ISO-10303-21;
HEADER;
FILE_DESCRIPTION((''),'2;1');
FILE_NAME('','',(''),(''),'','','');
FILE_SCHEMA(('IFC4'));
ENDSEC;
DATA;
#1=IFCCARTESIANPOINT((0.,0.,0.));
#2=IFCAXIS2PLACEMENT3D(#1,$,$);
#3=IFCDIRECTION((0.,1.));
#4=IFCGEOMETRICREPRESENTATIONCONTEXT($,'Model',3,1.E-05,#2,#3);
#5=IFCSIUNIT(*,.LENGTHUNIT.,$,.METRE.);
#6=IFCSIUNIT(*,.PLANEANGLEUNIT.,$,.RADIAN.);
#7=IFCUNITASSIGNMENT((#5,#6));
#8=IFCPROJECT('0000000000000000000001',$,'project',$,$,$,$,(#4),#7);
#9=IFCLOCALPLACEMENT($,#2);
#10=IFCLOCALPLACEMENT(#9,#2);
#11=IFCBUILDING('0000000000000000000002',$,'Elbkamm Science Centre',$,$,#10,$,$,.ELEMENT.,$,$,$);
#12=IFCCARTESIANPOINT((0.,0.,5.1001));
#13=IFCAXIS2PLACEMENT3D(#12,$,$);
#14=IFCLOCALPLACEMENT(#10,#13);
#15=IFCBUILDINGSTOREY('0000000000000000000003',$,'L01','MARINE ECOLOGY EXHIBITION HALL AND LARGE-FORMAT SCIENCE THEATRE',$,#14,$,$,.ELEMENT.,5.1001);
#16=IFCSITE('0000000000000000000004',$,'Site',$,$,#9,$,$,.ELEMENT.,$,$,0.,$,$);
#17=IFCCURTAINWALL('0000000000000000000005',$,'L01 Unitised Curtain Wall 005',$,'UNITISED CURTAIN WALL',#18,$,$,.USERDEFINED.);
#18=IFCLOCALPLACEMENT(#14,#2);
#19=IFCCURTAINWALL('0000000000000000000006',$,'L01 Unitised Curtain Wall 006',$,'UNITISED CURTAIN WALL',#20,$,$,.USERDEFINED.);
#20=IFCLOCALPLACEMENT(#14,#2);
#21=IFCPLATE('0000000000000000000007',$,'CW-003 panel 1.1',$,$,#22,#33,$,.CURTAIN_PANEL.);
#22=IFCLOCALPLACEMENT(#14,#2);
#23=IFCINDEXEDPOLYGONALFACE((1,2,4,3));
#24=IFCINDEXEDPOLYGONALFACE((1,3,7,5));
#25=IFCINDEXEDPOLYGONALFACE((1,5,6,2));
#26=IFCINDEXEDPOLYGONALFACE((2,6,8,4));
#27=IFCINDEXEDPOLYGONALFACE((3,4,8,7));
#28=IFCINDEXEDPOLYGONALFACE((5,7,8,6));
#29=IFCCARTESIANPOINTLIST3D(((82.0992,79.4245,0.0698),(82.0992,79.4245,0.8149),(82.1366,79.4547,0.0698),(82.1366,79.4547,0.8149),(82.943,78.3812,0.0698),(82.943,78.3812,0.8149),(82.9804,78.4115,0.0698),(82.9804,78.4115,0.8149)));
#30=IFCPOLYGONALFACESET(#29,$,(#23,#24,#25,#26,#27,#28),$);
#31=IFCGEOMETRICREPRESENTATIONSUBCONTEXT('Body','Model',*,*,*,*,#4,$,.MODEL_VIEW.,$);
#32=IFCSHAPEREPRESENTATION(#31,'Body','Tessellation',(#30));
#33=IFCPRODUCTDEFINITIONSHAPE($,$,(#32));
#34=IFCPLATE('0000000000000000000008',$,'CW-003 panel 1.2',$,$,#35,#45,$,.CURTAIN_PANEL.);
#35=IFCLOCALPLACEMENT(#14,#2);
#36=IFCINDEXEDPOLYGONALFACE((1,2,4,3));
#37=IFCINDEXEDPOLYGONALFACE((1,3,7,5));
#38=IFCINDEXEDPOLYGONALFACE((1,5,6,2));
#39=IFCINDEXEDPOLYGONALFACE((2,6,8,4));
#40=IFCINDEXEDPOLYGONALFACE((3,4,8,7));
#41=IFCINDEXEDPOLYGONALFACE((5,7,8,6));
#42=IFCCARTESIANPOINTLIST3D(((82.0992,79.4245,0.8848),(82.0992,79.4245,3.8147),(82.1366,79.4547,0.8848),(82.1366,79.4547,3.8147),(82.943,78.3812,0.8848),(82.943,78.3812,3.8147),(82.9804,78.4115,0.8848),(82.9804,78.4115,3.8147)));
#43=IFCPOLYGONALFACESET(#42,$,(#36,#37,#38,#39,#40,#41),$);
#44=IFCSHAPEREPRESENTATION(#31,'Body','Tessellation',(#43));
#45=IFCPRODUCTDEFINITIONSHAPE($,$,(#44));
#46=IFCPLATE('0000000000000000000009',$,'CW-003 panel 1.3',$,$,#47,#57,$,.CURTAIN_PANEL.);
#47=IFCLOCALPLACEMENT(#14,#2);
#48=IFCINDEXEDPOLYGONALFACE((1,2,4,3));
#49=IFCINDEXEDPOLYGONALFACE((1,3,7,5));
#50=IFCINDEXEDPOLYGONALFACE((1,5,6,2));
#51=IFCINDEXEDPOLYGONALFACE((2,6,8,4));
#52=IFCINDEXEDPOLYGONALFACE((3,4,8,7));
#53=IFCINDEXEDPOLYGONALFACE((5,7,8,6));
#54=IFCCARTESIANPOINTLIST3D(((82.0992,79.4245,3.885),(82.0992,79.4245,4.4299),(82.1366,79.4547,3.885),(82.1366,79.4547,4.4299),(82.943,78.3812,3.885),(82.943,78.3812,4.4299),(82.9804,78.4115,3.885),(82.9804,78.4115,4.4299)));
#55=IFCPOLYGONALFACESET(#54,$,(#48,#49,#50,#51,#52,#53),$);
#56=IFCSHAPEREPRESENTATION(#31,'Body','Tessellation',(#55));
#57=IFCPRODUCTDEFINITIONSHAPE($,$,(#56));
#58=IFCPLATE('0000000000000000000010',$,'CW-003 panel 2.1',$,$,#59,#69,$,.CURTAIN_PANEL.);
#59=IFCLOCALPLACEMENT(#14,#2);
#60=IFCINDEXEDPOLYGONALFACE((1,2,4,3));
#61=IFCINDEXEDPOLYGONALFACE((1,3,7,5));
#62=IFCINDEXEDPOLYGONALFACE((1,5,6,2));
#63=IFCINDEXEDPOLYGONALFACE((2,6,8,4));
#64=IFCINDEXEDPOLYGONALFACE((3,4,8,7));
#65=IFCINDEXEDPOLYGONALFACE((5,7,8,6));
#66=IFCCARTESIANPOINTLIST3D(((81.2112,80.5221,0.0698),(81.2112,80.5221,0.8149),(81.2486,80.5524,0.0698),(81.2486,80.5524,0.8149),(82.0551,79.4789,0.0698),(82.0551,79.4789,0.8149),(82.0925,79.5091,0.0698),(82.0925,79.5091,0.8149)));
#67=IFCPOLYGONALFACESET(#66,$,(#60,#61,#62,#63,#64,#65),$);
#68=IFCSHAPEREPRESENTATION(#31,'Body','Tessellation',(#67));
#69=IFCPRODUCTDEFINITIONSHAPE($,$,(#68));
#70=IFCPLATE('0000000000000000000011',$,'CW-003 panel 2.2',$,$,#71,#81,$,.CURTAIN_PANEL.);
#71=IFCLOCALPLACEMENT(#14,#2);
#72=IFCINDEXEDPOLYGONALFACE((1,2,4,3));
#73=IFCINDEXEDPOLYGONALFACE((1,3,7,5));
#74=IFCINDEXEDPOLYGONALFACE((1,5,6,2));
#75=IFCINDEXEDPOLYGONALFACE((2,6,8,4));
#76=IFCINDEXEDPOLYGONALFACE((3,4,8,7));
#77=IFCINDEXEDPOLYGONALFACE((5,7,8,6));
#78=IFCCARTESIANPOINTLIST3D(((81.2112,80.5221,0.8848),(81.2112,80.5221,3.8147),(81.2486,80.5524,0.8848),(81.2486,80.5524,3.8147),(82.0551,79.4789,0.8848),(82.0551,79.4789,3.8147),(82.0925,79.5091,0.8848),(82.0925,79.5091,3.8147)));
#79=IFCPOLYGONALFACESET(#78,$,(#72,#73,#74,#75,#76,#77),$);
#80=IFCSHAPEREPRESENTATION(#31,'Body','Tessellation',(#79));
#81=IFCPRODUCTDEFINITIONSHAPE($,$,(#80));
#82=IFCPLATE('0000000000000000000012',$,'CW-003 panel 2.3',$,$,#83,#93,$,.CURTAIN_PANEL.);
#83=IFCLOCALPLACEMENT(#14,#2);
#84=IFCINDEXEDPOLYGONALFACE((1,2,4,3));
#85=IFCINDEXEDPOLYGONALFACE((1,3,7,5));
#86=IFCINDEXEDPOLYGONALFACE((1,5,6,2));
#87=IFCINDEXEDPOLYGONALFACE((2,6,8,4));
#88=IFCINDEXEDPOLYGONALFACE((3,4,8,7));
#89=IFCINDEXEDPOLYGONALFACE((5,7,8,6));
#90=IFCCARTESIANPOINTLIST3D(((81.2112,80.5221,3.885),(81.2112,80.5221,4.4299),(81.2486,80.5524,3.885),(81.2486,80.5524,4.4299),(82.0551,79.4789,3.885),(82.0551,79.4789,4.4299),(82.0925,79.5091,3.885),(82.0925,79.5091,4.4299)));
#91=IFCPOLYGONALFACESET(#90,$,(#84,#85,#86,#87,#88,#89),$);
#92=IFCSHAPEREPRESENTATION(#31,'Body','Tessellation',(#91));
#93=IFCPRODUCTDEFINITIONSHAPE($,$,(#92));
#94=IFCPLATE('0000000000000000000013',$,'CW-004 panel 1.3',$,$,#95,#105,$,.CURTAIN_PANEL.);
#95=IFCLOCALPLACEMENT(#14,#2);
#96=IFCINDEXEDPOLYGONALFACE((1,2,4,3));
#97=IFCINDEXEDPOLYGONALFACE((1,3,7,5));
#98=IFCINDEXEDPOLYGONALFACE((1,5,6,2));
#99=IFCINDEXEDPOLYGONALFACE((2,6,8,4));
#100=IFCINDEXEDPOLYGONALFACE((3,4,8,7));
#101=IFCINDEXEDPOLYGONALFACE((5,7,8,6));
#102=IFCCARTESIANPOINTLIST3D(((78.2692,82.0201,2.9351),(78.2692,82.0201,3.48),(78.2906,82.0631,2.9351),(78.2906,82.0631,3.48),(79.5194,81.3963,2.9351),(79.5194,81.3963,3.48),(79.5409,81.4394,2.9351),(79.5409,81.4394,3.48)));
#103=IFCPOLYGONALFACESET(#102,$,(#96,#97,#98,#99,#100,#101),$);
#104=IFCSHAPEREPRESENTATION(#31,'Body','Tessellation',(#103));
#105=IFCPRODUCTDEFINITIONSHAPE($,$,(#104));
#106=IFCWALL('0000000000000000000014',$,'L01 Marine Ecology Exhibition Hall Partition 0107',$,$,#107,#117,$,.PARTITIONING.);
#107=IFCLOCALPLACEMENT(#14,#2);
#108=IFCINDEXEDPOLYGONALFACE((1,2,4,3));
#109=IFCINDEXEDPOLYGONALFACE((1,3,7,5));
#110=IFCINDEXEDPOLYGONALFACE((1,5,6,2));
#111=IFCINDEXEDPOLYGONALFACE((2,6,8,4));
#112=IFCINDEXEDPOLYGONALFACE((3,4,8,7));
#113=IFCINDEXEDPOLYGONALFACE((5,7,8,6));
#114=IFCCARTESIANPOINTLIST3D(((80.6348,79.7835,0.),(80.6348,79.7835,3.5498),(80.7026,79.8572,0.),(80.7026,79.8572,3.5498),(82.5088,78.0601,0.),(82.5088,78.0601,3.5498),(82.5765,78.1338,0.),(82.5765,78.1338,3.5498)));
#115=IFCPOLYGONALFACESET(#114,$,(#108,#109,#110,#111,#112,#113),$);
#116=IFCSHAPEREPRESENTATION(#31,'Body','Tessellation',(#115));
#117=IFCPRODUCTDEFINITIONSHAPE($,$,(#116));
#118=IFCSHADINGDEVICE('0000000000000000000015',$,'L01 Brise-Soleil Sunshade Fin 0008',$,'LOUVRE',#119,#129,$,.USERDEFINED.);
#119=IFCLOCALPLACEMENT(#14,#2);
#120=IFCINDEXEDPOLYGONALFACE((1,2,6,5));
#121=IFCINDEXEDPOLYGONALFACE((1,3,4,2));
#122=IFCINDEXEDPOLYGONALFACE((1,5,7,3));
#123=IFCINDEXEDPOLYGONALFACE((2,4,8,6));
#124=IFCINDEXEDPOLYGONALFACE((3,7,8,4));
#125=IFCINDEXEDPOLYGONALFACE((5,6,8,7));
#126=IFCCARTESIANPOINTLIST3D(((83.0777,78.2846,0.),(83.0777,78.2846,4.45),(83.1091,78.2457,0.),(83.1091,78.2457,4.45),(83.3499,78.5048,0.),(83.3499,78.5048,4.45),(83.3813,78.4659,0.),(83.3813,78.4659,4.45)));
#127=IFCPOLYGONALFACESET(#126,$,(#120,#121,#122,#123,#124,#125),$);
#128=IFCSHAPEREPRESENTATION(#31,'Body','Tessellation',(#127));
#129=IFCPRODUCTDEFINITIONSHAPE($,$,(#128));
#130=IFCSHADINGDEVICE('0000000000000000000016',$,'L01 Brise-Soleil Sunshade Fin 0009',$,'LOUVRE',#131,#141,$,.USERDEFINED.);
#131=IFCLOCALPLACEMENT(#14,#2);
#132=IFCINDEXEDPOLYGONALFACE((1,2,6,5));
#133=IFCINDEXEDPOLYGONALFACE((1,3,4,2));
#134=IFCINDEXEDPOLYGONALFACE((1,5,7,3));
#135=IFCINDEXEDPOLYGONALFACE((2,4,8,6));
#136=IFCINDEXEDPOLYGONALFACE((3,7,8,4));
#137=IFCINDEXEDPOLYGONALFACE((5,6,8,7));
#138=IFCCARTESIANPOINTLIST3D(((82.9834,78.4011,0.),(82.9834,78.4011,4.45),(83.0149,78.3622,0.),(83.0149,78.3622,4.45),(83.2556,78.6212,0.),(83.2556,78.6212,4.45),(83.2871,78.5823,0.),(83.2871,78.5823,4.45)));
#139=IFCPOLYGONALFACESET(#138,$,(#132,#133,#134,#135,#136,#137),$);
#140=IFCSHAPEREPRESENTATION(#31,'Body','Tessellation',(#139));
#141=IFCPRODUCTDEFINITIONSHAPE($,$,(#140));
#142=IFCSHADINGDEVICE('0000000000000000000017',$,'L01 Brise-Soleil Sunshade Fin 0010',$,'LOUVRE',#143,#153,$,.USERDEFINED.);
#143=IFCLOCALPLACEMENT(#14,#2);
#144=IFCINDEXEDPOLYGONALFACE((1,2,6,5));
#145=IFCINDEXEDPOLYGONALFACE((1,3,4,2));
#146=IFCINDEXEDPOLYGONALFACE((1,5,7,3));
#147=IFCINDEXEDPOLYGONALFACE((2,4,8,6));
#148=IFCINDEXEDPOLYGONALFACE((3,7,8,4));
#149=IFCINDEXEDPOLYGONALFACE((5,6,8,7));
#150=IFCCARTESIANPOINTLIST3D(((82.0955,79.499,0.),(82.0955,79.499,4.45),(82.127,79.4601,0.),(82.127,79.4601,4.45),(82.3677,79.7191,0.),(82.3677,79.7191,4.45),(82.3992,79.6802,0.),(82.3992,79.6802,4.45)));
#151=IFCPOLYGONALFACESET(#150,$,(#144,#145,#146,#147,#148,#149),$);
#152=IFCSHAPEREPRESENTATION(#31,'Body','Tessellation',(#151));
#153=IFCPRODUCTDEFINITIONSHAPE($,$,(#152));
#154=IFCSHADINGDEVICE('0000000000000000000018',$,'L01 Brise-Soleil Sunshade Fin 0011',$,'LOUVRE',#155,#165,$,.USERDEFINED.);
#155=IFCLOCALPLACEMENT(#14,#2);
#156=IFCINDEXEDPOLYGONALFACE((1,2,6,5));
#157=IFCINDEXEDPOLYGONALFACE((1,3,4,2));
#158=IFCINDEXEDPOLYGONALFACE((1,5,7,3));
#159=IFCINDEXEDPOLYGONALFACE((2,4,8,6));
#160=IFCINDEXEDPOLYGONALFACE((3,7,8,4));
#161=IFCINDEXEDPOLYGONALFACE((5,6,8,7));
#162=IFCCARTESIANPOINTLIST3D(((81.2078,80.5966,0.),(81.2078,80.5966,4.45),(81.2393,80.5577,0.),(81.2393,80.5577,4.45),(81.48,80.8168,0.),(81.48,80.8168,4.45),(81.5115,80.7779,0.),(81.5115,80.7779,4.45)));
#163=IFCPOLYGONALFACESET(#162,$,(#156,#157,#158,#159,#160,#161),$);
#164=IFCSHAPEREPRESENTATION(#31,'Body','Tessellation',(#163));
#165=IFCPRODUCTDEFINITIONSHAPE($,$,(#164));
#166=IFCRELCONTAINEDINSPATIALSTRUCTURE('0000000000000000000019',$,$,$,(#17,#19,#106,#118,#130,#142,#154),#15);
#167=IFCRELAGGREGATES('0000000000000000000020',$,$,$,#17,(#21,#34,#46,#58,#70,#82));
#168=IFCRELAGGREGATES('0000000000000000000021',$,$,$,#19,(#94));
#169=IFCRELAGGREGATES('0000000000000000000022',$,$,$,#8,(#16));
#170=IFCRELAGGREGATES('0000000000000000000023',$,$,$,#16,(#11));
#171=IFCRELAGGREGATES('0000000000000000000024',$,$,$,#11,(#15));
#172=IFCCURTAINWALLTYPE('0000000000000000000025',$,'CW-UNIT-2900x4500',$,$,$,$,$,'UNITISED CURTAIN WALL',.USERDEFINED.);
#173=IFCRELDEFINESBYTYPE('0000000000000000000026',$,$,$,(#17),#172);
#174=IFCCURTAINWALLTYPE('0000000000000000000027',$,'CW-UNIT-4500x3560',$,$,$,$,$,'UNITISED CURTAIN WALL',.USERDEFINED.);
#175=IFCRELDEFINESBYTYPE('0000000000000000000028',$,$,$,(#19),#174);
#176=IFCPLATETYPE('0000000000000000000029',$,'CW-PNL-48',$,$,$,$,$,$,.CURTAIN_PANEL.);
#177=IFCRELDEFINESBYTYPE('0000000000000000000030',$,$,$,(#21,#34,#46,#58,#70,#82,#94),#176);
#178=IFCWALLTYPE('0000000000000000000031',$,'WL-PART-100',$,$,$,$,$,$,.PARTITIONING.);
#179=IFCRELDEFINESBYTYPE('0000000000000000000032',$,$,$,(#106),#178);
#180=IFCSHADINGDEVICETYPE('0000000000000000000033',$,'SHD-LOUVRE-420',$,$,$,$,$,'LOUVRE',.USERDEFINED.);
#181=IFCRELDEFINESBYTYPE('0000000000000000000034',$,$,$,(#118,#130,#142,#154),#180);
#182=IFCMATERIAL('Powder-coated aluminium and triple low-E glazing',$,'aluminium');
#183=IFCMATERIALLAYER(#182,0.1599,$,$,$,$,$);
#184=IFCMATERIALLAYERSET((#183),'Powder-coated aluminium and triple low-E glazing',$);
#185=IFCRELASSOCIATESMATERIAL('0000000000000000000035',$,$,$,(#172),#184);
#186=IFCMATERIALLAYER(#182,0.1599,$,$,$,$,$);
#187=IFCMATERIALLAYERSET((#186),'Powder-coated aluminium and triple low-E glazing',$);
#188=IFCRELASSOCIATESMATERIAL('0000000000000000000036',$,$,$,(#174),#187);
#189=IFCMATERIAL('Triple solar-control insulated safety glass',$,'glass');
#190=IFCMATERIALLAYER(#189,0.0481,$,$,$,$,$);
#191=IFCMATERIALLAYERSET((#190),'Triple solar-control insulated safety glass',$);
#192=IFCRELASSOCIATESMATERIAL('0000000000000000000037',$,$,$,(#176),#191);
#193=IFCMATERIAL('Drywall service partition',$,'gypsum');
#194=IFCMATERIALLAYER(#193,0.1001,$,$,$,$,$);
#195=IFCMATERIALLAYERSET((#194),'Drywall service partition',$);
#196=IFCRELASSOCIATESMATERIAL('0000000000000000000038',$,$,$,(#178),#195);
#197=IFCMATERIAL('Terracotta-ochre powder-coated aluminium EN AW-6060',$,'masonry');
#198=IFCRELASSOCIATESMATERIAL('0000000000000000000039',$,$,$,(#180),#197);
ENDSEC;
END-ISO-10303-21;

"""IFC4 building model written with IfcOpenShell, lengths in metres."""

from ifc_helpers import new_model, si_unit, direction, frame, frame_2d, origin, origin_2d, place, context, subcontext, project, spatial, rectangle, extrude, material, layer, layer_set, type_object, element, aggregate, save


model = new_model("IFC4")

# Units and contexts
model_context = context("Model", 3, precision=1e-05, world=origin(), true_north=direction((0.0, 1.0)))
body_context = subcontext(model_context, "Body", "Model", "MODEL_VIEW")
ifc_project = project(units=[si_unit("LENGTHUNIT", "METRE"), si_unit("PLANEANGLEUNIT", "RADIAN")], contexts=[model_context])

# Site, building, storey
site_placement = place(None, origin())
site = spatial("IfcSite", under=ifc_project, at=site_placement, Name="Site", CompositionType="ELEMENT", RefElevation=0.0)
building_placement = place(site_placement, origin())
building = spatial("IfcBuilding", under=site, at=building_placement, Name="Elbkamm Science Centre", CompositionType="ELEMENT")
storey_placement = place(building_placement, frame((0.0, 0.0, 5.1001)))
storey = spatial("IfcBuildingStorey", under=building, at=storey_placement, Name="L01", Description="MARINE ECOLOGY EXHIBITION HALL AND LARGE-FORMAT SCIENCE THEATRE", CompositionType="ELEMENT", Elevation=5.1001)

# Curtain wall
ifc_material_1 = material(Name="Powder-coated aluminium and triple low-E glazing", Category="aluminium")
ifc_layer_1 = layer(ifc_material_1, 0.1599)
ifc_layer_set_1 = layer_set([ifc_layer_1], Name="Powder-coated aluminium and triple low-E glazing")
curtain_wall_type_1 = type_object("IfcCurtainWallType", Name="CW-UNIT-2900x4500", ElementType="UNITISED CURTAIN WALL", PredefinedType="USERDEFINED", material=ifc_layer_set_1)
curtain_wall_1_placement = place(storey_placement, origin())
curtain_wall_1 = element("IfcCurtainWall", 1, at=curtain_wall_1_placement, inside=storey, type_object=curtain_wall_type_1, Name="L01 Unitised Curtain Wall 005", ObjectType="UNITISED CURTAIN WALL", PredefinedType="USERDEFINED")

# Curtain wall
ifc_layer_2 = layer(ifc_material_1, 0.1599)
ifc_layer_set_2 = layer_set([ifc_layer_2], Name="Powder-coated aluminium and triple low-E glazing")
curtain_wall_type_2 = type_object("IfcCurtainWallType", Name="CW-UNIT-4500x3560", ElementType="UNITISED CURTAIN WALL", PredefinedType="USERDEFINED", material=ifc_layer_set_2)
curtain_wall_2_placement = place(storey_placement, origin())
curtain_wall_2 = element("IfcCurtainWall", 2, at=curtain_wall_2_placement, inside=storey, type_object=curtain_wall_type_2, Name="L01 Unitised Curtain Wall 006", ObjectType="UNITISED CURTAIN WALL", PredefinedType="USERDEFINED")

# Plates
ifc_material_2 = material(Name="Triple solar-control insulated safety glass", Category="glass")
ifc_layer_3 = layer(ifc_material_2, 0.0481)
ifc_layer_set_3 = layer_set([ifc_layer_3], Name="Triple solar-control insulated safety glass")
plate_type = type_object("IfcPlateType", Name="CW-PNL-48", PredefinedType="CURTAIN_PANEL", material=ifc_layer_set_3)
plate_1_placement = place(storey_placement, frame((82.5398, 78.918, 0.0698), z_axis=(0.0, 0.0, 1.0), x_axis=(-0.628892, 0.777493, 0.0)))
plate_1 = element("IfcPlate", 3, at=plate_1_placement, type_object=plate_type, Name="CW-003 panel 1.1", PredefinedType="CURTAIN_PANEL", context=body_context, shape_type="SweptSolid", body=[
    extrude(rectangle(XDim=1.3418, YDim=0.0481, at=origin_2d()), origin(), (0.0, 0.0, 1.0), 0.7451),
])
plate_2_placement = place(storey_placement, frame((82.5398, 78.918, 0.8848), z_axis=(0.0, 0.0, 1.0), x_axis=(-0.628892, 0.777493, 0.0)))
plate_2 = element("IfcPlate", 4, at=plate_2_placement, type_object=plate_type, Name="CW-003 panel 1.2", PredefinedType="CURTAIN_PANEL", context=body_context, shape_type="SweptSolid", body=[
    extrude(rectangle(XDim=1.3418, YDim=0.0481, at=origin_2d()), origin(), (0.0, 0.0, 1.0), 2.9299),
])
plate_3_placement = place(storey_placement, frame((82.5398, 78.918, 3.885), z_axis=(0.0, 0.0, 1.0), x_axis=(-0.628892, 0.777493, 0.0)))
plate_3 = element("IfcPlate", 5, at=plate_3_placement, type_object=plate_type, Name="CW-003 panel 1.3", PredefinedType="CURTAIN_PANEL", context=body_context, shape_type="SweptSolid", body=[
    extrude(rectangle(XDim=1.3418, YDim=0.0481, at=origin_2d()), origin(), (0.0, 0.0, 1.0), 0.5449),
])
plate_4_placement = place(storey_placement, frame((81.6519, 80.0156, 0.0698), z_axis=(0.0, 0.0, 1.0), x_axis=(-0.628892, 0.777493, 0.0)))
plate_4 = element("IfcPlate", 6, at=plate_4_placement, type_object=plate_type, Name="CW-003 panel 2.1", PredefinedType="CURTAIN_PANEL", context=body_context, shape_type="SweptSolid", body=[
    extrude(rectangle(XDim=1.3418, YDim=0.0481, at=origin_2d()), origin(), (0.0, 0.0, 1.0), 0.7451),
])
plate_5_placement = place(storey_placement, frame((81.6519, 80.0156, 0.8848), z_axis=(0.0, 0.0, 1.0), x_axis=(-0.628892, 0.777493, 0.0)))
plate_5 = element("IfcPlate", 7, at=plate_5_placement, type_object=plate_type, Name="CW-003 panel 2.2", PredefinedType="CURTAIN_PANEL", context=body_context, shape_type="SweptSolid", body=[
    extrude(rectangle(XDim=1.3418, YDim=0.0481, at=origin_2d()), origin(), (0.0, 0.0, 1.0), 2.9299),
])
plate_6_placement = place(storey_placement, frame((81.6519, 80.0156, 3.885), z_axis=(0.0, 0.0, 1.0), x_axis=(-0.628892, 0.777493, 0.0)))
plate_6 = element("IfcPlate", 8, at=plate_6_placement, type_object=plate_type, Name="CW-003 panel 2.3", PredefinedType="CURTAIN_PANEL", context=body_context, shape_type="SweptSolid", body=[
    extrude(rectangle(XDim=1.3418, YDim=0.0481, at=origin_2d()), origin(), (0.0, 0.0, 1.0), 0.5449),
])
aggregate(curtain_wall_1, [plate_1, plate_2, plate_3, plate_4, plate_5, plate_6])
plate_7_placement = place(storey_placement, frame((78.905, 81.7297, 2.9351), z_axis=(0.0, 0.0, 1.0), x_axis=(-0.894813, 0.446441, 0.0)))
plate_7 = element("IfcPlate", 9, at=plate_7_placement, type_object=plate_type, Name="CW-004 panel 1.3", PredefinedType="CURTAIN_PANEL", context=body_context, shape_type="SweptSolid", body=[
    extrude(rectangle(XDim=1.3972, YDim=0.0481, at=origin_2d()), origin(), (0.0, 0.0, 1.0), 0.5449),
])
aggregate(curtain_wall_2, [plate_7])

# Wall
ifc_material_3 = material(Name="Drywall service partition", Category="gypsum")
ifc_layer_4 = layer(ifc_material_3, 0.1001)
ifc_layer_set_4 = layer_set([ifc_layer_4], Name="Drywall service partition")
wall_type = type_object("IfcWallType", Name="WL-PART-100", PredefinedType="PARTITIONING", material=ifc_layer_set_4)
wall_placement = place(storey_placement, frame((80.6687, 79.8203, 0.0), z_axis=(0.0, 0.0, 1.0), x_axis=(0.736071, -0.676905, 0.0)))
element("IfcWall", 10, at=wall_placement, inside=storey, type_object=wall_type, Name="L01 Marine Ecology Exhibition Hall Partition 0107", PredefinedType="PARTITIONING", context=body_context, shape_type="SweptSolid", body=[
    extrude(rectangle(XDim=2.5459, YDim=0.1001, at=frame_2d((1.2729, 0.0))), origin(), (0.0, 0.0, 1.0), 3.5498),
])

# Shading devices
ifc_material_4 = material(Name="Terracotta-ochre powder-coated aluminium EN AW-6060", Category="masonry")
shading_device_type = type_object("IfcShadingDeviceType", Name="SHD-LOUVRE-420", ElementType="LOUVRE", PredefinedType="USERDEFINED", material=ifc_material_4)
for number, where, z_axis, x_axis, name in (
    (11, (83.2295, 78.3752, 0.0), (0.0, 0.0, 1.0), (0.777493, 0.628892, 0.0), "L01 Brise-Soleil Sunshade Fin 0008"),
    (12, (83.1353, 78.4917, 0.0), (0.0, 0.0, 1.0), (0.777493, 0.628892, 0.0), "L01 Brise-Soleil Sunshade Fin 0009"),
    (13, (82.2473, 79.5896, 0.0), (0.0, 0.0, 1.0), (0.777493, 0.628892, 0.0), "L01 Brise-Soleil Sunshade Fin 0010"),
    (14, (81.3596, 80.6873, 0.0), (0.0, 0.0, 1.0), (0.777493, 0.628892, 0.0), "L01 Brise-Soleil Sunshade Fin 0011"),
):
    element("IfcShadingDevice", number, at=place(storey_placement, frame(where, z_axis=z_axis, x_axis=x_axis)), inside=storey, type_object=shading_device_type, Name=name, ObjectType="LOUVRE", PredefinedType="USERDEFINED", context=body_context, shape_type="SweptSolid", body=[
        extrude(rectangle(XDim=0.3501, YDim=0.05, at=origin_2d()), origin(), (0.0, 0.0, 1.0), 4.45),
    ])

save(model, "model.ifc")
